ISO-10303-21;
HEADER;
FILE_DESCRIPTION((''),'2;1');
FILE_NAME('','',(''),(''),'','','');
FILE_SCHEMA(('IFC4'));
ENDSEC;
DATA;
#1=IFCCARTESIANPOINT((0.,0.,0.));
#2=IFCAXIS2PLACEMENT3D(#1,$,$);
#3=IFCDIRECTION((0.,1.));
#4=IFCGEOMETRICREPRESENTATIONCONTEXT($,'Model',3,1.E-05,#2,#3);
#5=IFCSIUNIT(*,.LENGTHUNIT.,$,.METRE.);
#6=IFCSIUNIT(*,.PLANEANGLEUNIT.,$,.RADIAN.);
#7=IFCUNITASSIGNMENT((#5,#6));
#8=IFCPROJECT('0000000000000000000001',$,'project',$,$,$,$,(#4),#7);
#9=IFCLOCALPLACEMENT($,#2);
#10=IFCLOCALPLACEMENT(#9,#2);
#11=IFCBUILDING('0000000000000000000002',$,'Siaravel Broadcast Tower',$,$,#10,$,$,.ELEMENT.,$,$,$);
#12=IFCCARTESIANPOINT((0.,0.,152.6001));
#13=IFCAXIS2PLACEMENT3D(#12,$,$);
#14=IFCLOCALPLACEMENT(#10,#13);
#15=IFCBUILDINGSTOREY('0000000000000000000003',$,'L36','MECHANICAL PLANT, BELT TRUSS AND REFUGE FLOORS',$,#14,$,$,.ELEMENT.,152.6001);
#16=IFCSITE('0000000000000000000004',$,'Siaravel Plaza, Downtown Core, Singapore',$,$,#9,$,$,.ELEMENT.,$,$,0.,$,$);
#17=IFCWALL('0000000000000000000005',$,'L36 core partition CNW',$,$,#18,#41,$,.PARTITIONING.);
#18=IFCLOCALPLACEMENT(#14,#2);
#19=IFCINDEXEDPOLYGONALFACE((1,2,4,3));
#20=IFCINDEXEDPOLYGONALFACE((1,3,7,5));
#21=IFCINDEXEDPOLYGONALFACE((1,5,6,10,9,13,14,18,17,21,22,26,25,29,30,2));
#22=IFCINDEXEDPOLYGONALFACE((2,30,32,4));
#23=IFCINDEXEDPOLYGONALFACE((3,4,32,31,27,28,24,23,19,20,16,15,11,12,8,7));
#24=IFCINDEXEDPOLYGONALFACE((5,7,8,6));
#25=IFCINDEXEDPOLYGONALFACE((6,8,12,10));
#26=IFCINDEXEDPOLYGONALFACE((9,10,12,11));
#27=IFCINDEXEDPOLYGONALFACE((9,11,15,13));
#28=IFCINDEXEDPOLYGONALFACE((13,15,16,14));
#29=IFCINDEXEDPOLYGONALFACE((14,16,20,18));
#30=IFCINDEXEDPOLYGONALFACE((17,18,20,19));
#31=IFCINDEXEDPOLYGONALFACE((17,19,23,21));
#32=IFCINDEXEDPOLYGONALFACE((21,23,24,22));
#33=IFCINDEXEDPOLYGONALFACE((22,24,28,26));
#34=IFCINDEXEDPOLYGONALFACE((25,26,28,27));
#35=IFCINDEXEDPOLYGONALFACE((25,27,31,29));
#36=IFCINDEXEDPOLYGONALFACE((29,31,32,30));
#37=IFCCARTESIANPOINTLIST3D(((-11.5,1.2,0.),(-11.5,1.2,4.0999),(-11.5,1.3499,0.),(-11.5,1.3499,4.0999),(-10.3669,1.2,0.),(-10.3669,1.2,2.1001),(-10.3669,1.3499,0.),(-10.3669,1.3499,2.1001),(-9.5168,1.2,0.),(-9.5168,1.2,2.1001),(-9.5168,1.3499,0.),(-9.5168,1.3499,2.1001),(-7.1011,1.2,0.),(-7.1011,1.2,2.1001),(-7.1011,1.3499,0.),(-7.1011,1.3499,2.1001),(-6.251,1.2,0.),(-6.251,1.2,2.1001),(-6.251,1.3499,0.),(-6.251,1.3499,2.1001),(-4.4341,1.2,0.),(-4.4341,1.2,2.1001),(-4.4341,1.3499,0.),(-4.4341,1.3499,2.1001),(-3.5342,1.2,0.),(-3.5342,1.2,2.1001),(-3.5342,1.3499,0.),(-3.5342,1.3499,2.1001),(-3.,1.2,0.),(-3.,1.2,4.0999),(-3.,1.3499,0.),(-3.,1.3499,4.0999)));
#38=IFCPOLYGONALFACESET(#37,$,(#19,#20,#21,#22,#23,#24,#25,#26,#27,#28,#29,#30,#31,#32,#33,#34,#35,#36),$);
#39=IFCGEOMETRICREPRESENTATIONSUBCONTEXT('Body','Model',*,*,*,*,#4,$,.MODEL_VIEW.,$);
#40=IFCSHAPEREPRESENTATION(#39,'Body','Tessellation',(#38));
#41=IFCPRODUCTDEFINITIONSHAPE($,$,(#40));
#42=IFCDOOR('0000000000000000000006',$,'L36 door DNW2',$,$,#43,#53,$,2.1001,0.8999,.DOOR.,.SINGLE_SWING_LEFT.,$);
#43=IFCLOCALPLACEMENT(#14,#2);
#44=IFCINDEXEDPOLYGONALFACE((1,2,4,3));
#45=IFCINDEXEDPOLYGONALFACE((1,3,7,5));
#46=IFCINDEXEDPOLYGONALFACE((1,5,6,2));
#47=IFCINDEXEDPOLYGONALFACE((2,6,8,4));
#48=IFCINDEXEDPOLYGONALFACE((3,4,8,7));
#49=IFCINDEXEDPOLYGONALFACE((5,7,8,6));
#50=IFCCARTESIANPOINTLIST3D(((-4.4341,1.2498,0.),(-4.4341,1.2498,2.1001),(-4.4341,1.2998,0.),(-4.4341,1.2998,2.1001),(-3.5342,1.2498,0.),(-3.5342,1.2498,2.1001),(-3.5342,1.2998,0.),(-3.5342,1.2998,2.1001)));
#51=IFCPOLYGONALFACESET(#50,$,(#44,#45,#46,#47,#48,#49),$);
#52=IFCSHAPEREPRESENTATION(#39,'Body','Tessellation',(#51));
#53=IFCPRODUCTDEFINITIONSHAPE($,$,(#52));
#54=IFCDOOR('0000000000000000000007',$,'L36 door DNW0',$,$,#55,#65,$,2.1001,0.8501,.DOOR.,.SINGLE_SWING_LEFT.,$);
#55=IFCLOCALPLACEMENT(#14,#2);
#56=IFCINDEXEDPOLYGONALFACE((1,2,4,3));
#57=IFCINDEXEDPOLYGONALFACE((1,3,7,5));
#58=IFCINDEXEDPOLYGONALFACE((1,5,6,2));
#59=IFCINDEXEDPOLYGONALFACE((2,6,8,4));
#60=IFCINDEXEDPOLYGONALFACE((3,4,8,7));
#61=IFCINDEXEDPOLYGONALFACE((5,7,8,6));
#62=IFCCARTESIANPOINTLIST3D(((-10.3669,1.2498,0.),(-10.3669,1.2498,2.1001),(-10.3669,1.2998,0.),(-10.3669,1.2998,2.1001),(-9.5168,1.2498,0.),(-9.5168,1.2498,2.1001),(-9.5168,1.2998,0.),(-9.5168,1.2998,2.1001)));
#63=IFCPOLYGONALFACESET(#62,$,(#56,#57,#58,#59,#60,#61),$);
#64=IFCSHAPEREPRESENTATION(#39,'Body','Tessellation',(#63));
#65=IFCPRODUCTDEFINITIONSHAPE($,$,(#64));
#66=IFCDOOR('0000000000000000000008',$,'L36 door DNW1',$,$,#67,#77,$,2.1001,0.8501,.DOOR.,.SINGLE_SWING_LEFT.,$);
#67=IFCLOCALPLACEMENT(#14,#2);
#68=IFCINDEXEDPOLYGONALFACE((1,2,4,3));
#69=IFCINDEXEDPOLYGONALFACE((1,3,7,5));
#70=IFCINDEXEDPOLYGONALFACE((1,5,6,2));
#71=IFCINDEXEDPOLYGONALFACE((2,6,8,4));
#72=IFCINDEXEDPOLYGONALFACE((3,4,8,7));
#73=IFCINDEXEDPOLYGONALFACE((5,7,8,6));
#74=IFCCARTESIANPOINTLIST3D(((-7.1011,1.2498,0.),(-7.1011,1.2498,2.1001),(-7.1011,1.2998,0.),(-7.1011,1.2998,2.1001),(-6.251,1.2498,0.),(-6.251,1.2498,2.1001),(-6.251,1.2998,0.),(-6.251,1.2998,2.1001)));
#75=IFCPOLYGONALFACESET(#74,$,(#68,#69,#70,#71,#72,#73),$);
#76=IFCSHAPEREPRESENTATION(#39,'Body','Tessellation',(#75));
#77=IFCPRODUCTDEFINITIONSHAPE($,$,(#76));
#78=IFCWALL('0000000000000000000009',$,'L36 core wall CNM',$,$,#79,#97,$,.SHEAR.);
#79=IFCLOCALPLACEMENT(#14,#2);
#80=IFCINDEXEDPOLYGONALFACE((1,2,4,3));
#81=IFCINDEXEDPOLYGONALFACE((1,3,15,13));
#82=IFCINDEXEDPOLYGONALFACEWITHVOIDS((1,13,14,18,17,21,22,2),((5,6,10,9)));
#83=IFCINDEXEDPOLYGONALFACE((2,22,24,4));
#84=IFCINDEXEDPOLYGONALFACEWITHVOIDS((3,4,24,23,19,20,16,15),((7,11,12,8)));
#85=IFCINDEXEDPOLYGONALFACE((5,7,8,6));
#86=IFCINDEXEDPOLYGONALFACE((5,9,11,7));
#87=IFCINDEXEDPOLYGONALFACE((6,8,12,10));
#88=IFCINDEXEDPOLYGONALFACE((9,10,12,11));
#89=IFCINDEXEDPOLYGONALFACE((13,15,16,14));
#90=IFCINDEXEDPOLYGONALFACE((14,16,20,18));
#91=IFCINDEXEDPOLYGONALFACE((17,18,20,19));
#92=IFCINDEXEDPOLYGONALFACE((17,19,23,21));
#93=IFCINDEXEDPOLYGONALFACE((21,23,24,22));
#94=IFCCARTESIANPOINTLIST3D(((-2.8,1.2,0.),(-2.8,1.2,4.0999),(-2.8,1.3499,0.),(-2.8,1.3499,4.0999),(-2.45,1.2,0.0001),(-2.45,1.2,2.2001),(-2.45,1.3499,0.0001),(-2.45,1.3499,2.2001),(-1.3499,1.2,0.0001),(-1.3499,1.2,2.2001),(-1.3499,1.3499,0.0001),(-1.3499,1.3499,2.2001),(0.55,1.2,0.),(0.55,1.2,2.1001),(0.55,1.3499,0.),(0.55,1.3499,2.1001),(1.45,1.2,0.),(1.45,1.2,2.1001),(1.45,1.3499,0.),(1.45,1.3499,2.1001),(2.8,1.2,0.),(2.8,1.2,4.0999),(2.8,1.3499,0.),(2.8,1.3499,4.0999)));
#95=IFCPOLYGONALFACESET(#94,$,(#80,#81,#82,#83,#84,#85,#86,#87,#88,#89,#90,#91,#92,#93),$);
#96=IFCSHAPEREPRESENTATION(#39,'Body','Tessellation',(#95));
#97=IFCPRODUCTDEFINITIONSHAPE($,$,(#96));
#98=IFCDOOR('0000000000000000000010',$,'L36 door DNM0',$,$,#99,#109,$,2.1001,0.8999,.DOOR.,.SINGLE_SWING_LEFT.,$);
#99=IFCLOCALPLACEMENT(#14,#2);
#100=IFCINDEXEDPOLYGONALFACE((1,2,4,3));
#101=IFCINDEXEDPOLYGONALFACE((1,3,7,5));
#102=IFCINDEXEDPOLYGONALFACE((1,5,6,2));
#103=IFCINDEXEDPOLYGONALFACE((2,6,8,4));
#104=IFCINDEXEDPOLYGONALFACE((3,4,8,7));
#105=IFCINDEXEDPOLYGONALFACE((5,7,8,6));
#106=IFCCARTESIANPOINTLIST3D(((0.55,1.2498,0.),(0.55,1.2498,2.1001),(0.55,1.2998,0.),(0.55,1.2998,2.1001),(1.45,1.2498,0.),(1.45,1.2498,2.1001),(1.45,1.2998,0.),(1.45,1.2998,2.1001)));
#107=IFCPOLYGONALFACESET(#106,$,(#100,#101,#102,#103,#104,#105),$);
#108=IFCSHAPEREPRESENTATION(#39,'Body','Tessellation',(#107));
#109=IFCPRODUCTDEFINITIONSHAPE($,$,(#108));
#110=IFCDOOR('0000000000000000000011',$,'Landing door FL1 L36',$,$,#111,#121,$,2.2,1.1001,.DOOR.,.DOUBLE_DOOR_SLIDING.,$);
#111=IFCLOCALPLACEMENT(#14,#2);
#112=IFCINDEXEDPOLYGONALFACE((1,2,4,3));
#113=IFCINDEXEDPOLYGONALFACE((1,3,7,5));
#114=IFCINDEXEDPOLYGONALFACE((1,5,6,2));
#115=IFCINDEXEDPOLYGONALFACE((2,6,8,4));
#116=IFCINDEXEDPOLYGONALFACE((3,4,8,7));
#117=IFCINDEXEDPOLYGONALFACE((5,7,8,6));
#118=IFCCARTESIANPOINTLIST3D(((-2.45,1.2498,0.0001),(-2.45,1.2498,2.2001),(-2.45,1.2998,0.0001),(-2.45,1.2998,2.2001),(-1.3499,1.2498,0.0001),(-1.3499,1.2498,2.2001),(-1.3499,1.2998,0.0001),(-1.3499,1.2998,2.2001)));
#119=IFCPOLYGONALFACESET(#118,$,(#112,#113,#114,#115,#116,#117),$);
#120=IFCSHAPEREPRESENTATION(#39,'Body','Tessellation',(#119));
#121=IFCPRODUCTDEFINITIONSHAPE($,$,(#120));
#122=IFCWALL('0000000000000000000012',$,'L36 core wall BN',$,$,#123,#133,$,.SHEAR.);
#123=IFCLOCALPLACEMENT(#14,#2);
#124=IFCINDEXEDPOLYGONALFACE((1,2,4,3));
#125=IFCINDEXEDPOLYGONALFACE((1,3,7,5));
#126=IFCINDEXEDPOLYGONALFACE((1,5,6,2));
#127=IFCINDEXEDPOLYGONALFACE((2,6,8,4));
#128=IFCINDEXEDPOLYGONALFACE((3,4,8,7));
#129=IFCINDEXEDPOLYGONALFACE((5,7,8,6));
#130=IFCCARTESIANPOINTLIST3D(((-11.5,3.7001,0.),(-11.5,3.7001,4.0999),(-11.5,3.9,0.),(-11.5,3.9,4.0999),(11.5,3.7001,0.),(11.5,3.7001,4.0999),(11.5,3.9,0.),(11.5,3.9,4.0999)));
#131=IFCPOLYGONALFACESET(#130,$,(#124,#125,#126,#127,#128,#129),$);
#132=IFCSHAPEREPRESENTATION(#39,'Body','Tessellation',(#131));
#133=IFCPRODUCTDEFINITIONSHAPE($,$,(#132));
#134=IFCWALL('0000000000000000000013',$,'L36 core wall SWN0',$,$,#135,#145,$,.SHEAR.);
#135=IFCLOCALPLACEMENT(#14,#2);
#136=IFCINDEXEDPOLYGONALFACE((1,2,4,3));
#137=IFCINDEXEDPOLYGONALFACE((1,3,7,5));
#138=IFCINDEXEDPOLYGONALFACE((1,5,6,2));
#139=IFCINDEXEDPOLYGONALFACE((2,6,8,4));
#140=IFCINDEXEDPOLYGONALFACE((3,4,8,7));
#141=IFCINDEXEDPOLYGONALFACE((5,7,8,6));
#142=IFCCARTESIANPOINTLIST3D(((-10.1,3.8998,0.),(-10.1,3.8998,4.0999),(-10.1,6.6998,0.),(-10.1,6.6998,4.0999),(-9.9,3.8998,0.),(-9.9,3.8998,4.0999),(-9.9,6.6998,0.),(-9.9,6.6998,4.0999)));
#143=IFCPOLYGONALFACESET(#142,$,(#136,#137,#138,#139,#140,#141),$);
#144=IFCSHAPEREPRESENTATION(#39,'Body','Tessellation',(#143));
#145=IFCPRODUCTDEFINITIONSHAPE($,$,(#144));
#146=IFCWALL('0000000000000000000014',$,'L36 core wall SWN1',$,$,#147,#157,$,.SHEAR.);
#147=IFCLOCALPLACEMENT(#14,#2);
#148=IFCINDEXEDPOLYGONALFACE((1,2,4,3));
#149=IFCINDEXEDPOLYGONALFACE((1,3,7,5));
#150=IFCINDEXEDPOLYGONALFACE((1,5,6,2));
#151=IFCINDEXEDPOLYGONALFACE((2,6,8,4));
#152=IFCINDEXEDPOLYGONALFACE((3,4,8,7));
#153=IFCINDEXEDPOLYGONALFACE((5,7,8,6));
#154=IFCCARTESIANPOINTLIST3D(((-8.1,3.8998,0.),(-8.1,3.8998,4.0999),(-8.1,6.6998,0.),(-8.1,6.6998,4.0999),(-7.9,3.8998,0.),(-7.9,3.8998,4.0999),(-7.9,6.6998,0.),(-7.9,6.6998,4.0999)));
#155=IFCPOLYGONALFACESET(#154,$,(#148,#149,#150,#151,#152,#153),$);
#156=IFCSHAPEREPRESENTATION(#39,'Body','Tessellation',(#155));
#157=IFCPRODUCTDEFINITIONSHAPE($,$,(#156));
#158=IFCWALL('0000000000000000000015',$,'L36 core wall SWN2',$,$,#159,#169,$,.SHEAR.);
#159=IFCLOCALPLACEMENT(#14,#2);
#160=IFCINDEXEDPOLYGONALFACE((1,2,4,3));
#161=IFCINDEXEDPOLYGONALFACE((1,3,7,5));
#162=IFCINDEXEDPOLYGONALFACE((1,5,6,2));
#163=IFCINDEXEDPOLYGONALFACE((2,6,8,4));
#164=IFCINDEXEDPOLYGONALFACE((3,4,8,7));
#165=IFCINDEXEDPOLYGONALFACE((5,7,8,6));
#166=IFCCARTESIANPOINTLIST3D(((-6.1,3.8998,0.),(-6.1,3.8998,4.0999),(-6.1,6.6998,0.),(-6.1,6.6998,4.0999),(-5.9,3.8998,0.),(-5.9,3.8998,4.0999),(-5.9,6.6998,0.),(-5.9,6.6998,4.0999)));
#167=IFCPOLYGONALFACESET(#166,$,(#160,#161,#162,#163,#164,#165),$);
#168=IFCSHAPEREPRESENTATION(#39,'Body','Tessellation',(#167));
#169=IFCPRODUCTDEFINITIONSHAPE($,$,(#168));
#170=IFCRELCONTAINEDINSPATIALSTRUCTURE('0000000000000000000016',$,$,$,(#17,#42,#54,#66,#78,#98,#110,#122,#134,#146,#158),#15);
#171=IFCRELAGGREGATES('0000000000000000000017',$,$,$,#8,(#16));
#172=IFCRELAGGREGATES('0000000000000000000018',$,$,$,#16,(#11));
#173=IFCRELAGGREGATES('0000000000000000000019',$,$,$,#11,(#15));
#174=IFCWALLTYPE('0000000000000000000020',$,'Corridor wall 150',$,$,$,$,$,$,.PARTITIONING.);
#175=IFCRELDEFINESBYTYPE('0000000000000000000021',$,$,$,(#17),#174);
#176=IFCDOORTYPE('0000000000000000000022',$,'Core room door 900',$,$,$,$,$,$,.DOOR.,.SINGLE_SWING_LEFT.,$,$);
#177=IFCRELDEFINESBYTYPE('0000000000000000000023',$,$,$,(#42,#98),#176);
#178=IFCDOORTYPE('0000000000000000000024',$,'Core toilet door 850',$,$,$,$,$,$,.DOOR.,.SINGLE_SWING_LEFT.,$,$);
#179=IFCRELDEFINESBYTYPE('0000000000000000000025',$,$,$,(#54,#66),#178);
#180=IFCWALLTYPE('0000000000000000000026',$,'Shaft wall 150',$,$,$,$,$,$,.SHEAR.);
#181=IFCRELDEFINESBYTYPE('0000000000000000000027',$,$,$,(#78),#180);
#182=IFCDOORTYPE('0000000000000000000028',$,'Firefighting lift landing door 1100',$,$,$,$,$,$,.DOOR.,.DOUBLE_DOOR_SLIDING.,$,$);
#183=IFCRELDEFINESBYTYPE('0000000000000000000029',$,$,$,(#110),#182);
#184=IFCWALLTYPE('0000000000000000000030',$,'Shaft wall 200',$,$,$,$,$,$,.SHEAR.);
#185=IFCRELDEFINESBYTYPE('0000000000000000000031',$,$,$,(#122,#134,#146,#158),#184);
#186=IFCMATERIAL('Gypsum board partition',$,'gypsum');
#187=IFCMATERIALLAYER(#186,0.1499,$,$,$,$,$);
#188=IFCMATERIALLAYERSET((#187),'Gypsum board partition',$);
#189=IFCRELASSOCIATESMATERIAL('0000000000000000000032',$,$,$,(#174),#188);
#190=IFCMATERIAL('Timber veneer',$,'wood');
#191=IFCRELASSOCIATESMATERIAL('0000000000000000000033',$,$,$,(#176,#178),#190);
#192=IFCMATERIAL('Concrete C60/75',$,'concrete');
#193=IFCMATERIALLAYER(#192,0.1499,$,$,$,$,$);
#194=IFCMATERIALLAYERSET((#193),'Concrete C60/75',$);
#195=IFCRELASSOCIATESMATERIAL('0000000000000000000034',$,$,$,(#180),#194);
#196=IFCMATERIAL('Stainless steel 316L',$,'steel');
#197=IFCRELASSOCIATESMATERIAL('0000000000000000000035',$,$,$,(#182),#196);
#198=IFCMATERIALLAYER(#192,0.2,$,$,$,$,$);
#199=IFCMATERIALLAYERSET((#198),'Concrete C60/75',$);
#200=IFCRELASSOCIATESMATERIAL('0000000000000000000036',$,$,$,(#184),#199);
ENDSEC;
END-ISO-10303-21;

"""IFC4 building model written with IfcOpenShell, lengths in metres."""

from ifc_helpers import new_model, si_unit, direction, frame, frame_2d, origin, place, context, subcontext, project, spatial, rectangle, extrude, material, layer, layer_set, type_object, element, fill, save


model = new_model("IFC4")

# Units and contexts
model_context = context("Model", 3, precision=1e-05, world=origin(), true_north=direction((0.0, 1.0)))
body_context = subcontext(model_context, "Body", "Model", "MODEL_VIEW")
ifc_project = project(units=[si_unit("LENGTHUNIT", "METRE"), si_unit("PLANEANGLEUNIT", "RADIAN")], contexts=[model_context])

# Site, building, storey
site_placement = place(None, origin())
site = spatial("IfcSite", under=ifc_project, at=site_placement, Name="Siaravel Plaza, Downtown Core, Singapore", CompositionType="ELEMENT", RefElevation=0.0)
building_placement = place(site_placement, origin())
building = spatial("IfcBuilding", under=site, at=building_placement, Name="Siaravel Broadcast Tower", CompositionType="ELEMENT")
storey_placement = place(building_placement, frame((0.0, 0.0, 152.6001)))
storey = spatial("IfcBuildingStorey", under=building, at=storey_placement, Name="L36", Description="MECHANICAL PLANT, BELT TRUSS AND REFUGE FLOORS", CompositionType="ELEMENT", Elevation=152.6001)

# Walls, openings, doors
ifc_material_1 = material(Name="Gypsum board partition", Category="gypsum")
ifc_layer_1 = layer(ifc_material_1, 0.1499)
ifc_layer_set_1 = layer_set([ifc_layer_1], Name="Gypsum board partition")
wall_type_1 = type_object("IfcWallType", Name="Corridor wall 150", PredefinedType="PARTITIONING", material=ifc_layer_set_1)
wall_1_placement = place(storey_placement, frame((-11.5, 1.2749, 0.0), z_axis=(0.0, 0.0, 1.0), x_axis=(1.0, 0.0, 0.0)))
wall_1 = element("IfcWall", 1, at=wall_1_placement, inside=storey, type_object=wall_type_1, Name="L36 core partition CNW", PredefinedType="PARTITIONING", context=body_context, shape_type="SweptSolid", body=[
    extrude(rectangle(XDim=8.5, YDim=0.1499, at=frame_2d((4.25, 0.0))), origin(), (0.0, 0.0, 1.0), 4.0999),
])
opening_1_placement = place(wall_1_placement, frame((1.1331, 0.0, 0.0)))
opening_1 = element("IfcOpeningElement", 2, at=opening_1_placement, cuts=wall_1, PredefinedType="OPENING", context=body_context, shape_type="SweptSolid", body=[
    extrude(rectangle(XDim=0.8501, YDim=2.1001, at=frame_2d((0.425, 1.05))), frame((0.0, 0.085, 0.0), z_axis=(0.0, -1.0, 0.0), x_axis=(1.0, 0.0, 0.0)), (0.0, 0.0, 1.0), 0.1699),
])
opening_2_placement = place(wall_1_placement, frame((4.3989, 0.0, 0.0)))
opening_2 = element("IfcOpeningElement", 3, at=opening_2_placement, cuts=wall_1, PredefinedType="OPENING", context=body_context, shape_type="SweptSolid", body=[
    extrude(rectangle(XDim=0.8501, YDim=2.1001, at=frame_2d((0.425, 1.05))), frame((0.0, 0.085, 0.0), z_axis=(0.0, -1.0, 0.0), x_axis=(1.0, 0.0, 0.0)), (0.0, 0.0, 1.0), 0.1699),
])
opening_3_placement = place(wall_1_placement, frame((7.0659, 0.0, 0.0)))
opening_3 = element("IfcOpeningElement", 4, at=opening_3_placement, cuts=wall_1, PredefinedType="OPENING", context=body_context, shape_type="SweptSolid", body=[
    extrude(rectangle(XDim=0.8999, YDim=2.1001, at=frame_2d((0.45, 1.05))), frame((0.0, 0.085, 0.0), z_axis=(0.0, -1.0, 0.0), x_axis=(1.0, 0.0, 0.0)), (0.0, 0.0, 1.0), 0.1699),
])
ifc_material_2 = material(Name="Timber veneer", Category="wood")
door_type_1 = type_object("IfcDoorType", Name="Core room door 900", OperationType="SINGLE_SWING_LEFT", PredefinedType="DOOR", material=ifc_material_2)
door_1_placement = place(opening_3_placement, origin())
door_1 = element("IfcDoor", 5, at=door_1_placement, inside=storey, type_object=door_type_1, Name="L36 door DNW2", OperationType="SINGLE_SWING_LEFT", OverallHeight=2.1001, OverallWidth=0.8999, PredefinedType="DOOR", context=body_context, shape_type="SweptSolid", body=[
    extrude(rectangle(XDim=0.8999, YDim=2.1001, at=frame_2d((0.45, 1.05))), frame((0.0, 0.0249, 0.0), z_axis=(0.0, -1.0, 0.0), x_axis=(1.0, 0.0, 0.0)), (0.0, 0.0, 1.0), 0.05),
])
fill(opening_3, door_1)
door_type_2 = type_object("IfcDoorType", Name="Core toilet door 850", OperationType="SINGLE_SWING_LEFT", PredefinedType="DOOR", material=ifc_material_2)
door_2_placement = place(opening_1_placement, origin())
door_2 = element("IfcDoor", 6, at=door_2_placement, inside=storey, type_object=door_type_2, Name="L36 door DNW0", OperationType="SINGLE_SWING_LEFT", OverallHeight=2.1001, OverallWidth=0.8501, PredefinedType="DOOR", context=body_context, shape_type="SweptSolid", body=[
    extrude(rectangle(XDim=0.8501, YDim=2.1001, at=frame_2d((0.425, 1.05))), frame((0.0, 0.0249, 0.0), z_axis=(0.0, -1.0, 0.0), x_axis=(1.0, 0.0, 0.0)), (0.0, 0.0, 1.0), 0.05),
])
fill(opening_1, door_2)
door_3_placement = place(opening_2_placement, origin())
door_3 = element("IfcDoor", 7, at=door_3_placement, inside=storey, type_object=door_type_2, Name="L36 door DNW1", OperationType="SINGLE_SWING_LEFT", OverallHeight=2.1001, OverallWidth=0.8501, PredefinedType="DOOR", context=body_context, shape_type="SweptSolid", body=[
    extrude(rectangle(XDim=0.8501, YDim=2.1001, at=frame_2d((0.425, 1.05))), frame((0.0, 0.0249, 0.0), z_axis=(0.0, -1.0, 0.0), x_axis=(1.0, 0.0, 0.0)), (0.0, 0.0, 1.0), 0.05),
])
fill(opening_2, door_3)
ifc_material_3 = material(Name="Concrete C60/75", Category="concrete")
ifc_layer_2 = layer(ifc_material_3, 0.1499)
ifc_layer_set_2 = layer_set([ifc_layer_2], Name="Concrete C60/75")
wall_type_2 = type_object("IfcWallType", Name="Shaft wall 150", PredefinedType="SHEAR", material=ifc_layer_set_2)
wall_2_placement = place(storey_placement, frame((-2.8, 1.2749, 0.0), z_axis=(0.0, 0.0, 1.0), x_axis=(1.0, 0.0, 0.0)))
wall_2 = element("IfcWall", 8, at=wall_2_placement, inside=storey, type_object=wall_type_2, Name="L36 core wall CNM", PredefinedType="SHEAR", context=body_context, shape_type="SweptSolid", body=[
    extrude(rectangle(XDim=5.6001, YDim=0.1499, at=frame_2d((2.8, 0.0))), origin(), (0.0, 0.0, 1.0), 4.0999),
])
opening_4_placement = place(wall_2_placement, frame((0.3501, 0.0, 0.0)))
opening_4 = element("IfcOpeningElement", 9, at=opening_4_placement, cuts=wall_2, PredefinedType="OPENING", context=body_context, shape_type="SweptSolid", body=[
    extrude(rectangle(XDim=1.1001, YDim=2.2, at=frame_2d((0.55, 1.1001))), frame((0.0, 0.085, 0.0), z_axis=(0.0, -1.0, 0.0), x_axis=(1.0, 0.0, 0.0)), (0.0, 0.0, 1.0), 0.1699),
])
opening_5_placement = place(wall_2_placement, frame((3.3501, 0.0, 0.0)))
opening_5 = element("IfcOpeningElement", 10, at=opening_5_placement, cuts=wall_2, PredefinedType="OPENING", context=body_context, shape_type="SweptSolid", body=[
    extrude(rectangle(XDim=0.8999, YDim=2.1001, at=frame_2d((0.45, 1.05))), frame((0.0, 0.085, 0.0), z_axis=(0.0, -1.0, 0.0), x_axis=(1.0, 0.0, 0.0)), (0.0, 0.0, 1.0), 0.1699),
])
door_4_placement = place(opening_5_placement, origin())
door_4 = element("IfcDoor", 11, at=door_4_placement, inside=storey, type_object=door_type_1, Name="L36 door DNM0", OperationType="SINGLE_SWING_LEFT", OverallHeight=2.1001, OverallWidth=0.8999, PredefinedType="DOOR", context=body_context, shape_type="SweptSolid", body=[
    extrude(rectangle(XDim=0.8999, YDim=2.1001, at=frame_2d((0.45, 1.05))), frame((0.0, 0.0249, 0.0), z_axis=(0.0, -1.0, 0.0), x_axis=(1.0, 0.0, 0.0)), (0.0, 0.0, 1.0), 0.05),
])
fill(opening_5, door_4)
ifc_material_4 = material(Name="Stainless steel 316L", Category="steel")
door_type_3 = type_object("IfcDoorType", Name="Firefighting lift landing door 1100", OperationType="DOUBLE_DOOR_SLIDING", PredefinedType="DOOR", material=ifc_material_4)
door_5_placement = place(opening_4_placement, origin())
door_5 = element("IfcDoor", 12, at=door_5_placement, inside=storey, type_object=door_type_3, Name="Landing door FL1 L36", OperationType="DOUBLE_DOOR_SLIDING", OverallHeight=2.2, OverallWidth=1.1001, PredefinedType="DOOR", context=body_context, shape_type="SweptSolid", body=[
    extrude(rectangle(XDim=1.1001, YDim=2.2, at=frame_2d((0.55, 1.1001))), frame((0.0, 0.0249, 0.0), z_axis=(0.0, -1.0, 0.0), x_axis=(1.0, 0.0, 0.0)), (0.0, 0.0, 1.0), 0.05),
])
fill(opening_4, door_5)

# Walls
ifc_layer_3 = layer(ifc_material_3, 0.2)
ifc_layer_set_3 = layer_set([ifc_layer_3], Name="Concrete C60/75")
wall_type_3 = type_object("IfcWallType", Name="Shaft wall 200", PredefinedType="SHEAR", material=ifc_layer_set_3)
wall_3_placement = place(storey_placement, frame((-11.5, 3.8, 0.0), z_axis=(0.0, 0.0, 1.0), x_axis=(1.0, 0.0, 0.0)))
element("IfcWall", 13, at=wall_3_placement, inside=storey, type_object=wall_type_3, Name="L36 core wall BN", PredefinedType="SHEAR", context=body_context, shape_type="SweptSolid", body=[
    extrude(rectangle(XDim=23.0, YDim=0.2, at=frame_2d((11.5, 0.0))), origin(), (0.0, 0.0, 1.0), 4.0999),
])
for number, where, z_axis, x_axis, name in (
    (14, (-10.0, 3.8999, 0.0), (0.0, 0.0, 1.0), (0.0, 1.0, 0.0), "L36 core wall SWN0"),
    (15, (-8.0, 3.8999, 0.0), (0.0, 0.0, 1.0), (0.0, 1.0, 0.0), "L36 core wall SWN1"),
    (16, (-6.0, 3.8999, 0.0), (0.0, 0.0, 1.0), (0.0, 1.0, 0.0), "L36 core wall SWN2"),
):
    element("IfcWall", number, at=place(storey_placement, frame(where, z_axis=z_axis, x_axis=x_axis)), inside=storey, type_object=wall_type_3, Name=name, PredefinedType="SHEAR", context=body_context, shape_type="SweptSolid", body=[
        extrude(rectangle(XDim=2.8, YDim=0.2, at=frame_2d((1.3999, 0.0))), origin(), (0.0, 0.0, 1.0), 4.0999),
    ])

save(model, "model.ifc")
